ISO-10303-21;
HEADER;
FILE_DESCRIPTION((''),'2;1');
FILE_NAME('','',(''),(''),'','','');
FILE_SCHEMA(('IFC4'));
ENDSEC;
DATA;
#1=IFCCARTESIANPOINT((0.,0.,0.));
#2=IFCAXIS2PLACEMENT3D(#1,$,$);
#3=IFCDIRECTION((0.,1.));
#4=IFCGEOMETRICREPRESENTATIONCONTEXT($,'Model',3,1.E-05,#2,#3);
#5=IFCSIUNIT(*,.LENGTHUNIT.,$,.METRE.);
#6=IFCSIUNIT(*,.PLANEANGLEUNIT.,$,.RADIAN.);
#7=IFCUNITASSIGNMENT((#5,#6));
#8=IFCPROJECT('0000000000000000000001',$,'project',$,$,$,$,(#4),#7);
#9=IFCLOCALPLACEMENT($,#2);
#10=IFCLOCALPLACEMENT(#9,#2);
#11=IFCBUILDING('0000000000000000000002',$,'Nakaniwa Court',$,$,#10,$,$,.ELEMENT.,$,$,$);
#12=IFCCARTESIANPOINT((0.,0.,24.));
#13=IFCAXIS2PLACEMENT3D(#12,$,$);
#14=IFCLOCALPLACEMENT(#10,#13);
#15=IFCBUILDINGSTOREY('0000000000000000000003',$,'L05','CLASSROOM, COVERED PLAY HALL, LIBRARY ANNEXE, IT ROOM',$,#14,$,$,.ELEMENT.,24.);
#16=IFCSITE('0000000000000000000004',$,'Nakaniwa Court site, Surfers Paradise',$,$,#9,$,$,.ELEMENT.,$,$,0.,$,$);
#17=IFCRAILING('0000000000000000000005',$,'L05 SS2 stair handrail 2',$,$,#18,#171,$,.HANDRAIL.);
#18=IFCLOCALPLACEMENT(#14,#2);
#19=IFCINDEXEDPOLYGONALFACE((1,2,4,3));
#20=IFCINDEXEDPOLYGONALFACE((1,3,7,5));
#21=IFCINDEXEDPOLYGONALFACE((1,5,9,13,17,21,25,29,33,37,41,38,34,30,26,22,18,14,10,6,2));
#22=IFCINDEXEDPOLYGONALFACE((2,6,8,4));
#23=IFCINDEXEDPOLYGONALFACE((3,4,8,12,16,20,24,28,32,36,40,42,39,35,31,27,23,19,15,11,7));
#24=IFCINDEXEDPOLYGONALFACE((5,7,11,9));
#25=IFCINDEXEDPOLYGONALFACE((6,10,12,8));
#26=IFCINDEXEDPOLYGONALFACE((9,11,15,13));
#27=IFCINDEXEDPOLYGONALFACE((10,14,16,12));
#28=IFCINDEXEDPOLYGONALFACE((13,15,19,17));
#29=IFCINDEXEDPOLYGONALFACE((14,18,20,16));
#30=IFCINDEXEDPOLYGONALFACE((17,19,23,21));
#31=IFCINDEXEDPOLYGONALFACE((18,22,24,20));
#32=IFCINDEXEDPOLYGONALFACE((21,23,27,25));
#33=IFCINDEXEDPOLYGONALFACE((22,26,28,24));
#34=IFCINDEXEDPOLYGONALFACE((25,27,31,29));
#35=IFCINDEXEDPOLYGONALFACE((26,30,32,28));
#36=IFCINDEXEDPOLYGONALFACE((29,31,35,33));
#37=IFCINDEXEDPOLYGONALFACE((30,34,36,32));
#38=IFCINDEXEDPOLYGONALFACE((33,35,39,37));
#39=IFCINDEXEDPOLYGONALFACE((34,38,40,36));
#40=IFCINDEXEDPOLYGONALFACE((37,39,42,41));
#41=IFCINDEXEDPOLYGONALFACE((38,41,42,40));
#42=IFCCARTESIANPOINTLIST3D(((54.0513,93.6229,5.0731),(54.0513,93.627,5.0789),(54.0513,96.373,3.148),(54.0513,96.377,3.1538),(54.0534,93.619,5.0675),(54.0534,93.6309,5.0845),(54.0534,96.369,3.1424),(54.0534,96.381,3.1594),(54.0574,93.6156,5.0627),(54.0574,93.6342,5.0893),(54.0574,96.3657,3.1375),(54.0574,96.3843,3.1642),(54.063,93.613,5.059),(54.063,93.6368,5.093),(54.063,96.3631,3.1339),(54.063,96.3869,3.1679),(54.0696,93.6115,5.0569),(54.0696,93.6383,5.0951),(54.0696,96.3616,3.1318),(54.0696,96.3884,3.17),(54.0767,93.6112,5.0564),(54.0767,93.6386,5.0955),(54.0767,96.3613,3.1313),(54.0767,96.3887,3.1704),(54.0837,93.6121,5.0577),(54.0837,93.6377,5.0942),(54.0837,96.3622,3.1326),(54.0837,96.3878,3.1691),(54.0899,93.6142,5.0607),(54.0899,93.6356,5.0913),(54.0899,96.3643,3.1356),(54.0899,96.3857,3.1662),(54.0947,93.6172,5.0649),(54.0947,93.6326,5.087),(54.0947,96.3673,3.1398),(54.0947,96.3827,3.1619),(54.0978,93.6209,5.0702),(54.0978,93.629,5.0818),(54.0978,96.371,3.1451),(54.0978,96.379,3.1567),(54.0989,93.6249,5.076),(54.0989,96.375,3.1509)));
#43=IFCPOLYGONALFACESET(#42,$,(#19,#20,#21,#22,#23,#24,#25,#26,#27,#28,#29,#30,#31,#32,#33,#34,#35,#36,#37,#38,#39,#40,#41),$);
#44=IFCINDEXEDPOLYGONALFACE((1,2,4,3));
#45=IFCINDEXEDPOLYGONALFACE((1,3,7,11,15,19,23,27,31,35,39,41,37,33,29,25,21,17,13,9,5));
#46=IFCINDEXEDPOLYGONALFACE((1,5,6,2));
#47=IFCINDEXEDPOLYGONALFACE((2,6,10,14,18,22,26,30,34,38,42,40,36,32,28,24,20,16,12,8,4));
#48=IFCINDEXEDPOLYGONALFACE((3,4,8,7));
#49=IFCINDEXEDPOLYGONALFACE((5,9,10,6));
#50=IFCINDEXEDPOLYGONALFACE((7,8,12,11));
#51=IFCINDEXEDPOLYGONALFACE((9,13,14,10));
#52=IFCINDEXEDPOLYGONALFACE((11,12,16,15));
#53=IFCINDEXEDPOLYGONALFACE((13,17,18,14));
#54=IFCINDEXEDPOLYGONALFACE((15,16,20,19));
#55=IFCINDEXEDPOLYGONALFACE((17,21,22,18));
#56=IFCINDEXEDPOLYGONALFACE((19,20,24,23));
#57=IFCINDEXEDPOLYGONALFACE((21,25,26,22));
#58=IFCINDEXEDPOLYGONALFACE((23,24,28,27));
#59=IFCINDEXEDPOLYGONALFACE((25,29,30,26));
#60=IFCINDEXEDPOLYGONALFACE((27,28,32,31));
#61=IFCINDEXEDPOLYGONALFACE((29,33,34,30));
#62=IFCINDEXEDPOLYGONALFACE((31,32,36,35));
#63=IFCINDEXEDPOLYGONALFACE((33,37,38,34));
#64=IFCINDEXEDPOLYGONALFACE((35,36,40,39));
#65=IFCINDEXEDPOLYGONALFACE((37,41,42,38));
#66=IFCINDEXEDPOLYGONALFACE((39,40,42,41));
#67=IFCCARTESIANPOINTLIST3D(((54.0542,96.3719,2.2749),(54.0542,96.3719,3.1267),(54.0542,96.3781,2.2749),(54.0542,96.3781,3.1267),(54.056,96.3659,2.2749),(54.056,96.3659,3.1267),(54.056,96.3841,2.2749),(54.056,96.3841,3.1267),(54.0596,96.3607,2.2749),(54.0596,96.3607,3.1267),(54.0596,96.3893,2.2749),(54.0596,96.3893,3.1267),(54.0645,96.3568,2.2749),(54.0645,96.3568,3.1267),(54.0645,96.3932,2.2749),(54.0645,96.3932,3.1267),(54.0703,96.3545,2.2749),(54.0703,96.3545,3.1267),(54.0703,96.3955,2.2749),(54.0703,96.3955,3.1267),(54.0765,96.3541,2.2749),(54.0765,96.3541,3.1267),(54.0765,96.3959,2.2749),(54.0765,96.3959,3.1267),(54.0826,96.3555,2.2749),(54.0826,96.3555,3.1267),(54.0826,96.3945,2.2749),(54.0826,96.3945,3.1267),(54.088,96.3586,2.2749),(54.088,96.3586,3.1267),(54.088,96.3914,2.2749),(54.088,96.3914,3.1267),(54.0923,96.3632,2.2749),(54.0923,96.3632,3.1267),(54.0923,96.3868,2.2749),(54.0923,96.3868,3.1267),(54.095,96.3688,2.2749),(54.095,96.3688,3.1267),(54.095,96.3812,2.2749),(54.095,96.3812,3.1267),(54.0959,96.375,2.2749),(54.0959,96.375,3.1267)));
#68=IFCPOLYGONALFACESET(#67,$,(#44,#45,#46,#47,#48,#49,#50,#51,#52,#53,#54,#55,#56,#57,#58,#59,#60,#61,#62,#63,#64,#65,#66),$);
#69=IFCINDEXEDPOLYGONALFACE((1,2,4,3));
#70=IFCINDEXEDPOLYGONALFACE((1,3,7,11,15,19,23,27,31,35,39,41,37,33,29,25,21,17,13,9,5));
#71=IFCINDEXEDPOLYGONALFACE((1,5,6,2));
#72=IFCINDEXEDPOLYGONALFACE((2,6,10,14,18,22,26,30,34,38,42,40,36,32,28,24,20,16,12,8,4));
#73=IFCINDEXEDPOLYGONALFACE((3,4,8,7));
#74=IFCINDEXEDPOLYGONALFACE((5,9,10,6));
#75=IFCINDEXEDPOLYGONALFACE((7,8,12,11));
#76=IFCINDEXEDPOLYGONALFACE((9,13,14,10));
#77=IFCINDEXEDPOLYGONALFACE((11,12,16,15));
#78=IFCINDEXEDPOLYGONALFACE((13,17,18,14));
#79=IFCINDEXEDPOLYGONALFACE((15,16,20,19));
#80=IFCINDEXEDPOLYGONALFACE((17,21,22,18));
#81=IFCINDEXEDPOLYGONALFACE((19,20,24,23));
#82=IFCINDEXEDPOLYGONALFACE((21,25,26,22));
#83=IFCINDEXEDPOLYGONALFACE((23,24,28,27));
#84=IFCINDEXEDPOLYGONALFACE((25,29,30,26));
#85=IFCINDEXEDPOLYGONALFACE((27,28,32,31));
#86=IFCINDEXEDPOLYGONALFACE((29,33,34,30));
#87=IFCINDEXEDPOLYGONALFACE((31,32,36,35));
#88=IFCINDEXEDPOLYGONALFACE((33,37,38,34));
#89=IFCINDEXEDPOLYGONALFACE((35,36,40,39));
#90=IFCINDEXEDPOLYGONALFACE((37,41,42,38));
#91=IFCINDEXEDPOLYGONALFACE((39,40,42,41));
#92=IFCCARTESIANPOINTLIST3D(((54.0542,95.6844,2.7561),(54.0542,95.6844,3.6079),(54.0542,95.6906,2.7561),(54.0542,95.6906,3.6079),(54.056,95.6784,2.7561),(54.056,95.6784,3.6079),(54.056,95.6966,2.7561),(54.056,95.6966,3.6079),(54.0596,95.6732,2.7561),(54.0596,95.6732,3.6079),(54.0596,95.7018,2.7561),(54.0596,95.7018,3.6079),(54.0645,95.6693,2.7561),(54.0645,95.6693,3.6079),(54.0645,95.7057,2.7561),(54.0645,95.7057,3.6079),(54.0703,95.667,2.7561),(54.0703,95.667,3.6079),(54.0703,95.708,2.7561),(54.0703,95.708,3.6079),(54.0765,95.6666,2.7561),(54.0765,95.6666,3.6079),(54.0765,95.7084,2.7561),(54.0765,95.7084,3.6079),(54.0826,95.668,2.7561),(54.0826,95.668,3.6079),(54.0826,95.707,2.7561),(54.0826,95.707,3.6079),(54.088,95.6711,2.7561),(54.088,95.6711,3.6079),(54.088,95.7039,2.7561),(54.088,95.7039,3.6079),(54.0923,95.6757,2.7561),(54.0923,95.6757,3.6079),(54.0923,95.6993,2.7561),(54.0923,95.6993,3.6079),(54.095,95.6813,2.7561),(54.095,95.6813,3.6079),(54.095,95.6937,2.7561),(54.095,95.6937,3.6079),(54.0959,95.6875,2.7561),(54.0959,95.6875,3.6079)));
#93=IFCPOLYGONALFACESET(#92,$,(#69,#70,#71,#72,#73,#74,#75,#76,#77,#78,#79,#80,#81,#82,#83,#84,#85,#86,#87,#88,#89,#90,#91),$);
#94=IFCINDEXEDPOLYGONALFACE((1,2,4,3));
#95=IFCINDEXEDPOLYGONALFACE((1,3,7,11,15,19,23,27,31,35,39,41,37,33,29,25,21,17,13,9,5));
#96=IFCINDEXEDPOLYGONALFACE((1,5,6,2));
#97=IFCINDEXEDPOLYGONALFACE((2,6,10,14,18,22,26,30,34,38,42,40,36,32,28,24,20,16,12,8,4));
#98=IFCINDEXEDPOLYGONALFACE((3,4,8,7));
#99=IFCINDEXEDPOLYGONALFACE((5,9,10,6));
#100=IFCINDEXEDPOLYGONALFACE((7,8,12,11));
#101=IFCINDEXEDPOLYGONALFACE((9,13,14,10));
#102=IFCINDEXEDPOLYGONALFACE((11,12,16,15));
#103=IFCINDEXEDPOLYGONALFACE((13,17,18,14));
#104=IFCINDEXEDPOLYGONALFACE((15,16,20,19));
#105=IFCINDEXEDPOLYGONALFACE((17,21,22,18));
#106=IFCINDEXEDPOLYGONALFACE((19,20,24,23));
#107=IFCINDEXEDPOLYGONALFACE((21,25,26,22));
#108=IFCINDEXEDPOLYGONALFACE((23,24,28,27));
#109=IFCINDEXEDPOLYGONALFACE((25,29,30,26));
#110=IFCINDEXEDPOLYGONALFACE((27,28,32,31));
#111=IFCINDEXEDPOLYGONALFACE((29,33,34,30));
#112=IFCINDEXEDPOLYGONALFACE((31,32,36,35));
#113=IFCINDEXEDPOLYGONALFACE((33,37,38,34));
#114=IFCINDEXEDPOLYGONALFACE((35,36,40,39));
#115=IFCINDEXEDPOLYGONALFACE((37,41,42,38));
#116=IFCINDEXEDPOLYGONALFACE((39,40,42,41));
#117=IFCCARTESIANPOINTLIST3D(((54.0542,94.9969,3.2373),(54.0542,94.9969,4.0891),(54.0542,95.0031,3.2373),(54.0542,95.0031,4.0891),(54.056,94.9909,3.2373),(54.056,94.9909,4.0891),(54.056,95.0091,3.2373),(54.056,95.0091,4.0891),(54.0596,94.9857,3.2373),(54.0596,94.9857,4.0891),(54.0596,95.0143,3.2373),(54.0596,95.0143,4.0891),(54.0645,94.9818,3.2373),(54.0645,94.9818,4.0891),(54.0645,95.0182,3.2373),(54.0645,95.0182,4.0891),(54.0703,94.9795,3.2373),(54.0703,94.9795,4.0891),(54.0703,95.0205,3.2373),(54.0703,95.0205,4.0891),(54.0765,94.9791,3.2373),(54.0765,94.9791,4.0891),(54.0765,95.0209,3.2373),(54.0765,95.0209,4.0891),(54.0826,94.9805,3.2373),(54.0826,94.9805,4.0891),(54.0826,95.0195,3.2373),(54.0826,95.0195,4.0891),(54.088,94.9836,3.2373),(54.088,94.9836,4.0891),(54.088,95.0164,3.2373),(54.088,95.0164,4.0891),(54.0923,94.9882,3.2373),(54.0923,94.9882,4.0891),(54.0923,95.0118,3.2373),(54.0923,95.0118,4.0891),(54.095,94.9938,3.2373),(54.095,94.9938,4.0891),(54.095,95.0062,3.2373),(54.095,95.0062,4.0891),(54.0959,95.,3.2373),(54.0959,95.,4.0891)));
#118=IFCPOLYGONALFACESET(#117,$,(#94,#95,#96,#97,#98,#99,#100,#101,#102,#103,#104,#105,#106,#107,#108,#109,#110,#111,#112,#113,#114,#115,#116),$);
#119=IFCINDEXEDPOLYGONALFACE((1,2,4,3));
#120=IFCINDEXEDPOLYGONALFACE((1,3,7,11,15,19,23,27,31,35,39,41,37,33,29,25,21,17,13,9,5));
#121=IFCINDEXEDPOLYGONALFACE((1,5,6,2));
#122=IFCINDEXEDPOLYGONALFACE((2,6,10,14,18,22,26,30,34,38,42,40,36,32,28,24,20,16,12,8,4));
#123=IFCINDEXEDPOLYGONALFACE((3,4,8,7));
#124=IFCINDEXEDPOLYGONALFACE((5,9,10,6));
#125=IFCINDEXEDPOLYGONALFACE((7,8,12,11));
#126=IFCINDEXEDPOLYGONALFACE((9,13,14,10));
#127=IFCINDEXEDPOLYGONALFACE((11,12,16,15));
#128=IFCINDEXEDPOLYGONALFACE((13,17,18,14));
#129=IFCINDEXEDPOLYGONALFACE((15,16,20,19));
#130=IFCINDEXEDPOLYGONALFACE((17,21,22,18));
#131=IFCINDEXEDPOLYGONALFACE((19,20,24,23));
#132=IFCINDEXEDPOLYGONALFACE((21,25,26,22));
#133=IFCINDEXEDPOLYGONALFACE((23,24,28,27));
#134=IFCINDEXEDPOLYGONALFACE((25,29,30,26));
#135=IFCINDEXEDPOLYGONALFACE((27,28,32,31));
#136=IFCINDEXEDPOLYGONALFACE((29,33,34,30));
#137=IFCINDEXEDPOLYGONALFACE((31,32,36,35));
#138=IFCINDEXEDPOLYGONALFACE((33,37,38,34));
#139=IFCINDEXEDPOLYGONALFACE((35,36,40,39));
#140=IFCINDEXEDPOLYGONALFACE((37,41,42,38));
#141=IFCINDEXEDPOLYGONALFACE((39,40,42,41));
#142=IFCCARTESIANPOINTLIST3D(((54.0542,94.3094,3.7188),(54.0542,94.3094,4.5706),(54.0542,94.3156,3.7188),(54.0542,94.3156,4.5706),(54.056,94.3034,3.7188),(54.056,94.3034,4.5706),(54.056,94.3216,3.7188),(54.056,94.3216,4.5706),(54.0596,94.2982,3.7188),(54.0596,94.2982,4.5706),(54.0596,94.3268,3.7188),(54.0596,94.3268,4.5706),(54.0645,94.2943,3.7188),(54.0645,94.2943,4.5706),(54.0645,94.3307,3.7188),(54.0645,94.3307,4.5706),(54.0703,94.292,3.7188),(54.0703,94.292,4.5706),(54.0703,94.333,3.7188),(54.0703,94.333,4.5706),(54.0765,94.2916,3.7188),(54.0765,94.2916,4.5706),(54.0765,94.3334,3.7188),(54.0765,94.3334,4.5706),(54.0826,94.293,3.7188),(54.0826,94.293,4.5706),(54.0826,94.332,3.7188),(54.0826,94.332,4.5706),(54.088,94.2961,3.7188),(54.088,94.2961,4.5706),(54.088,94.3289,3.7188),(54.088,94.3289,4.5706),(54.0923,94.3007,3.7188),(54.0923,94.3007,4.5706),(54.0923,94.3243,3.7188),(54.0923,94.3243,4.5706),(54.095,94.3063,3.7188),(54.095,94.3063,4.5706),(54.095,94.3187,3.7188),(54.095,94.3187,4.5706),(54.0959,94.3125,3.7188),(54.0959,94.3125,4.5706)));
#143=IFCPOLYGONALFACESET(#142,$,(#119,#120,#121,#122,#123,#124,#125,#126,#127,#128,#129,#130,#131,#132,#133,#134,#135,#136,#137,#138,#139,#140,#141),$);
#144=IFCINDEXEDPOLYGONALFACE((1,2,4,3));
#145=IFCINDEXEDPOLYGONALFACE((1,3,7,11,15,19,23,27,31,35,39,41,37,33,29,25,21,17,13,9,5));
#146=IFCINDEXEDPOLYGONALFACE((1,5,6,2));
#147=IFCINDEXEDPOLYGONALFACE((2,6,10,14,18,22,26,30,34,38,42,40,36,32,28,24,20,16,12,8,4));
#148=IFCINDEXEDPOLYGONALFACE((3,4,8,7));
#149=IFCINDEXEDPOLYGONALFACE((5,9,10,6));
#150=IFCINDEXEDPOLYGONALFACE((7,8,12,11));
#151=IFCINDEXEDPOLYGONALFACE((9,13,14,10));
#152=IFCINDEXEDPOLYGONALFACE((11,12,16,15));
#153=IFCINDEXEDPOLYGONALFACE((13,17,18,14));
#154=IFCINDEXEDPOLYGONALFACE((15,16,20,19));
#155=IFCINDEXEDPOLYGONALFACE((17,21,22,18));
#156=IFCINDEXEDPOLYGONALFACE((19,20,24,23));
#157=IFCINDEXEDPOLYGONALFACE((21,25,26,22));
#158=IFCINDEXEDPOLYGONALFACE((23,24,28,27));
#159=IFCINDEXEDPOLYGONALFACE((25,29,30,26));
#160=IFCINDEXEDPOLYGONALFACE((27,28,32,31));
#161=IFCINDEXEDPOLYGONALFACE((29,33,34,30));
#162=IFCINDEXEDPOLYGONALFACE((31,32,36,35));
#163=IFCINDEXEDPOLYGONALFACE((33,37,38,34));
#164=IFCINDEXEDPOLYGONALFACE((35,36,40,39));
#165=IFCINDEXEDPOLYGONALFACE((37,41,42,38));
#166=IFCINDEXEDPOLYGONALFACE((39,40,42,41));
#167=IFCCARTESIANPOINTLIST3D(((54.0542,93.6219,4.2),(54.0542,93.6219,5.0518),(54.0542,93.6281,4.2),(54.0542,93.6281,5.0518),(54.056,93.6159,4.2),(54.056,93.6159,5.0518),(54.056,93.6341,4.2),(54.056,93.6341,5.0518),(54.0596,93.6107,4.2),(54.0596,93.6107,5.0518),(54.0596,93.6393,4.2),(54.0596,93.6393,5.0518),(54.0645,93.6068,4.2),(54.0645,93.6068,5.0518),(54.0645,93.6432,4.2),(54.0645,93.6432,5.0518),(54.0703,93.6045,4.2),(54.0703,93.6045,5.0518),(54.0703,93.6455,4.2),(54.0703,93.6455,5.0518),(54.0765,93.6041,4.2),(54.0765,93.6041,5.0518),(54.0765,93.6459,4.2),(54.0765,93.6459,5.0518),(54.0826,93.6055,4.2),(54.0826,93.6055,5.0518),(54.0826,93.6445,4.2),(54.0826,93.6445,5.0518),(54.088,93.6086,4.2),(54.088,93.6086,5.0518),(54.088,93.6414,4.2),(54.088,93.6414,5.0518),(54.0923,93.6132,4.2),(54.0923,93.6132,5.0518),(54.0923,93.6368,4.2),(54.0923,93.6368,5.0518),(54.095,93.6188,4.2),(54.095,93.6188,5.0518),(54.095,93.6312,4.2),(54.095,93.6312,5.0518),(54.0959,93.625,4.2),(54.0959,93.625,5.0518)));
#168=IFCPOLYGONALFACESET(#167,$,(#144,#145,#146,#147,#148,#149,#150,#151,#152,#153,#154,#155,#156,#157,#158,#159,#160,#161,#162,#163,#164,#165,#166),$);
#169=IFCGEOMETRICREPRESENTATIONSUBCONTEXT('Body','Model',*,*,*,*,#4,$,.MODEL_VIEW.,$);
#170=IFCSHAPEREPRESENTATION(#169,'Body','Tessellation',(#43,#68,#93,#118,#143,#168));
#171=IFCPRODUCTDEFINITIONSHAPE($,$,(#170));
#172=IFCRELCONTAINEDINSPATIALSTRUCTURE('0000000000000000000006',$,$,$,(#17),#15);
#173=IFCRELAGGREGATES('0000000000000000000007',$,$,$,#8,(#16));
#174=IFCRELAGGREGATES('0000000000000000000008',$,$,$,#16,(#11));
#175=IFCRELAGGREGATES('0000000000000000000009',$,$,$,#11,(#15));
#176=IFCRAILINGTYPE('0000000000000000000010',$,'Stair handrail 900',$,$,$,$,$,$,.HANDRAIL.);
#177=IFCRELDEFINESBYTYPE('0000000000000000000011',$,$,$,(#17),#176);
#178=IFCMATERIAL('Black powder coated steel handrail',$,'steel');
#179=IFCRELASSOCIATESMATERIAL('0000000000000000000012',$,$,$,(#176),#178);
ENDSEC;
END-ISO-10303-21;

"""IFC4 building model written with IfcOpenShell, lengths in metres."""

from ifc_helpers import new_model, si_unit, direction, frame, origin, origin_2d, place, context, subcontext, project, spatial, circle, extrude, material, type_object, element, save


model = new_model("IFC4")

# Units and contexts
model_context = context("Model", 3, precision=1e-05, world=origin(), true_north=direction((0.0, 1.0)))
body_context = subcontext(model_context, "Body", "Model", "MODEL_VIEW")
ifc_project = project(units=[si_unit("LENGTHUNIT", "METRE"), si_unit("PLANEANGLEUNIT", "RADIAN")], contexts=[model_context])

# Site, building, storey
site_placement = place(None, origin())
site = spatial("IfcSite", under=ifc_project, at=site_placement, Name="Nakaniwa Court site, Surfers Paradise", CompositionType="ELEMENT", RefElevation=0.0)
building_placement = place(site_placement, origin())
building = spatial("IfcBuilding", under=site, at=building_placement, Name="Nakaniwa Court", CompositionType="ELEMENT")
storey_placement = place(building_placement, frame((0.0, 0.0, 24.0)))
storey = spatial("IfcBuildingStorey", under=building, at=storey_placement, Name="L05", Description="CLASSROOM, COVERED PLAY HALL, LIBRARY ANNEXE, IT ROOM", CompositionType="ELEMENT", Elevation=24.0)

# Railing
ifc_material_1 = material(Name="Black powder coated steel handrail", Category="steel")
railing_type_1 = type_object("IfcRailingType", Name="Stair handrail 900", PredefinedType="HANDRAIL", material=ifc_material_1)
railing_1_placement = place(storey_placement, frame((54.075, 96.375, 2.2749)))
element("IfcRailing", 1, at=railing_1_placement, inside=storey, type_object=railing_type_1, Name="L05 SS2 stair handrail 2", PredefinedType="HANDRAIL", context=body_context, shape_type="SweptSolid", body=[
    extrude(circle(Radius=0.0239, at=origin_2d()), frame((0.0, 0.0, 0.876), z_axis=(0.0, -0.819225, 0.573472), x_axis=(1.0, 0.0, 0.0)), (0.0, 0.0, 1.0), 3.3569),
    extrude(circle(Radius=0.021, at=origin_2d()), origin(), (0.0, 0.0, 1.0), 0.8518),
    extrude(circle(Radius=0.021, at=origin_2d()), frame((0.0, -0.6875, 0.4812)), (0.0, 0.0, 1.0), 0.8518),
    extrude(circle(Radius=0.021, at=origin_2d()), frame((0.0, -1.375, 0.9624)), (0.0, 0.0, 1.0), 0.8518),
    extrude(circle(Radius=0.021, at=origin_2d()), frame((0.0, -2.0625, 1.4438)), (0.0, 0.0, 1.0), 0.8518),
    extrude(circle(Radius=0.021, at=origin_2d()), frame((0.0, -2.75, 1.925)), (0.0, 0.0, 1.0), 0.8518),
])

save(model, "model.ifc")
